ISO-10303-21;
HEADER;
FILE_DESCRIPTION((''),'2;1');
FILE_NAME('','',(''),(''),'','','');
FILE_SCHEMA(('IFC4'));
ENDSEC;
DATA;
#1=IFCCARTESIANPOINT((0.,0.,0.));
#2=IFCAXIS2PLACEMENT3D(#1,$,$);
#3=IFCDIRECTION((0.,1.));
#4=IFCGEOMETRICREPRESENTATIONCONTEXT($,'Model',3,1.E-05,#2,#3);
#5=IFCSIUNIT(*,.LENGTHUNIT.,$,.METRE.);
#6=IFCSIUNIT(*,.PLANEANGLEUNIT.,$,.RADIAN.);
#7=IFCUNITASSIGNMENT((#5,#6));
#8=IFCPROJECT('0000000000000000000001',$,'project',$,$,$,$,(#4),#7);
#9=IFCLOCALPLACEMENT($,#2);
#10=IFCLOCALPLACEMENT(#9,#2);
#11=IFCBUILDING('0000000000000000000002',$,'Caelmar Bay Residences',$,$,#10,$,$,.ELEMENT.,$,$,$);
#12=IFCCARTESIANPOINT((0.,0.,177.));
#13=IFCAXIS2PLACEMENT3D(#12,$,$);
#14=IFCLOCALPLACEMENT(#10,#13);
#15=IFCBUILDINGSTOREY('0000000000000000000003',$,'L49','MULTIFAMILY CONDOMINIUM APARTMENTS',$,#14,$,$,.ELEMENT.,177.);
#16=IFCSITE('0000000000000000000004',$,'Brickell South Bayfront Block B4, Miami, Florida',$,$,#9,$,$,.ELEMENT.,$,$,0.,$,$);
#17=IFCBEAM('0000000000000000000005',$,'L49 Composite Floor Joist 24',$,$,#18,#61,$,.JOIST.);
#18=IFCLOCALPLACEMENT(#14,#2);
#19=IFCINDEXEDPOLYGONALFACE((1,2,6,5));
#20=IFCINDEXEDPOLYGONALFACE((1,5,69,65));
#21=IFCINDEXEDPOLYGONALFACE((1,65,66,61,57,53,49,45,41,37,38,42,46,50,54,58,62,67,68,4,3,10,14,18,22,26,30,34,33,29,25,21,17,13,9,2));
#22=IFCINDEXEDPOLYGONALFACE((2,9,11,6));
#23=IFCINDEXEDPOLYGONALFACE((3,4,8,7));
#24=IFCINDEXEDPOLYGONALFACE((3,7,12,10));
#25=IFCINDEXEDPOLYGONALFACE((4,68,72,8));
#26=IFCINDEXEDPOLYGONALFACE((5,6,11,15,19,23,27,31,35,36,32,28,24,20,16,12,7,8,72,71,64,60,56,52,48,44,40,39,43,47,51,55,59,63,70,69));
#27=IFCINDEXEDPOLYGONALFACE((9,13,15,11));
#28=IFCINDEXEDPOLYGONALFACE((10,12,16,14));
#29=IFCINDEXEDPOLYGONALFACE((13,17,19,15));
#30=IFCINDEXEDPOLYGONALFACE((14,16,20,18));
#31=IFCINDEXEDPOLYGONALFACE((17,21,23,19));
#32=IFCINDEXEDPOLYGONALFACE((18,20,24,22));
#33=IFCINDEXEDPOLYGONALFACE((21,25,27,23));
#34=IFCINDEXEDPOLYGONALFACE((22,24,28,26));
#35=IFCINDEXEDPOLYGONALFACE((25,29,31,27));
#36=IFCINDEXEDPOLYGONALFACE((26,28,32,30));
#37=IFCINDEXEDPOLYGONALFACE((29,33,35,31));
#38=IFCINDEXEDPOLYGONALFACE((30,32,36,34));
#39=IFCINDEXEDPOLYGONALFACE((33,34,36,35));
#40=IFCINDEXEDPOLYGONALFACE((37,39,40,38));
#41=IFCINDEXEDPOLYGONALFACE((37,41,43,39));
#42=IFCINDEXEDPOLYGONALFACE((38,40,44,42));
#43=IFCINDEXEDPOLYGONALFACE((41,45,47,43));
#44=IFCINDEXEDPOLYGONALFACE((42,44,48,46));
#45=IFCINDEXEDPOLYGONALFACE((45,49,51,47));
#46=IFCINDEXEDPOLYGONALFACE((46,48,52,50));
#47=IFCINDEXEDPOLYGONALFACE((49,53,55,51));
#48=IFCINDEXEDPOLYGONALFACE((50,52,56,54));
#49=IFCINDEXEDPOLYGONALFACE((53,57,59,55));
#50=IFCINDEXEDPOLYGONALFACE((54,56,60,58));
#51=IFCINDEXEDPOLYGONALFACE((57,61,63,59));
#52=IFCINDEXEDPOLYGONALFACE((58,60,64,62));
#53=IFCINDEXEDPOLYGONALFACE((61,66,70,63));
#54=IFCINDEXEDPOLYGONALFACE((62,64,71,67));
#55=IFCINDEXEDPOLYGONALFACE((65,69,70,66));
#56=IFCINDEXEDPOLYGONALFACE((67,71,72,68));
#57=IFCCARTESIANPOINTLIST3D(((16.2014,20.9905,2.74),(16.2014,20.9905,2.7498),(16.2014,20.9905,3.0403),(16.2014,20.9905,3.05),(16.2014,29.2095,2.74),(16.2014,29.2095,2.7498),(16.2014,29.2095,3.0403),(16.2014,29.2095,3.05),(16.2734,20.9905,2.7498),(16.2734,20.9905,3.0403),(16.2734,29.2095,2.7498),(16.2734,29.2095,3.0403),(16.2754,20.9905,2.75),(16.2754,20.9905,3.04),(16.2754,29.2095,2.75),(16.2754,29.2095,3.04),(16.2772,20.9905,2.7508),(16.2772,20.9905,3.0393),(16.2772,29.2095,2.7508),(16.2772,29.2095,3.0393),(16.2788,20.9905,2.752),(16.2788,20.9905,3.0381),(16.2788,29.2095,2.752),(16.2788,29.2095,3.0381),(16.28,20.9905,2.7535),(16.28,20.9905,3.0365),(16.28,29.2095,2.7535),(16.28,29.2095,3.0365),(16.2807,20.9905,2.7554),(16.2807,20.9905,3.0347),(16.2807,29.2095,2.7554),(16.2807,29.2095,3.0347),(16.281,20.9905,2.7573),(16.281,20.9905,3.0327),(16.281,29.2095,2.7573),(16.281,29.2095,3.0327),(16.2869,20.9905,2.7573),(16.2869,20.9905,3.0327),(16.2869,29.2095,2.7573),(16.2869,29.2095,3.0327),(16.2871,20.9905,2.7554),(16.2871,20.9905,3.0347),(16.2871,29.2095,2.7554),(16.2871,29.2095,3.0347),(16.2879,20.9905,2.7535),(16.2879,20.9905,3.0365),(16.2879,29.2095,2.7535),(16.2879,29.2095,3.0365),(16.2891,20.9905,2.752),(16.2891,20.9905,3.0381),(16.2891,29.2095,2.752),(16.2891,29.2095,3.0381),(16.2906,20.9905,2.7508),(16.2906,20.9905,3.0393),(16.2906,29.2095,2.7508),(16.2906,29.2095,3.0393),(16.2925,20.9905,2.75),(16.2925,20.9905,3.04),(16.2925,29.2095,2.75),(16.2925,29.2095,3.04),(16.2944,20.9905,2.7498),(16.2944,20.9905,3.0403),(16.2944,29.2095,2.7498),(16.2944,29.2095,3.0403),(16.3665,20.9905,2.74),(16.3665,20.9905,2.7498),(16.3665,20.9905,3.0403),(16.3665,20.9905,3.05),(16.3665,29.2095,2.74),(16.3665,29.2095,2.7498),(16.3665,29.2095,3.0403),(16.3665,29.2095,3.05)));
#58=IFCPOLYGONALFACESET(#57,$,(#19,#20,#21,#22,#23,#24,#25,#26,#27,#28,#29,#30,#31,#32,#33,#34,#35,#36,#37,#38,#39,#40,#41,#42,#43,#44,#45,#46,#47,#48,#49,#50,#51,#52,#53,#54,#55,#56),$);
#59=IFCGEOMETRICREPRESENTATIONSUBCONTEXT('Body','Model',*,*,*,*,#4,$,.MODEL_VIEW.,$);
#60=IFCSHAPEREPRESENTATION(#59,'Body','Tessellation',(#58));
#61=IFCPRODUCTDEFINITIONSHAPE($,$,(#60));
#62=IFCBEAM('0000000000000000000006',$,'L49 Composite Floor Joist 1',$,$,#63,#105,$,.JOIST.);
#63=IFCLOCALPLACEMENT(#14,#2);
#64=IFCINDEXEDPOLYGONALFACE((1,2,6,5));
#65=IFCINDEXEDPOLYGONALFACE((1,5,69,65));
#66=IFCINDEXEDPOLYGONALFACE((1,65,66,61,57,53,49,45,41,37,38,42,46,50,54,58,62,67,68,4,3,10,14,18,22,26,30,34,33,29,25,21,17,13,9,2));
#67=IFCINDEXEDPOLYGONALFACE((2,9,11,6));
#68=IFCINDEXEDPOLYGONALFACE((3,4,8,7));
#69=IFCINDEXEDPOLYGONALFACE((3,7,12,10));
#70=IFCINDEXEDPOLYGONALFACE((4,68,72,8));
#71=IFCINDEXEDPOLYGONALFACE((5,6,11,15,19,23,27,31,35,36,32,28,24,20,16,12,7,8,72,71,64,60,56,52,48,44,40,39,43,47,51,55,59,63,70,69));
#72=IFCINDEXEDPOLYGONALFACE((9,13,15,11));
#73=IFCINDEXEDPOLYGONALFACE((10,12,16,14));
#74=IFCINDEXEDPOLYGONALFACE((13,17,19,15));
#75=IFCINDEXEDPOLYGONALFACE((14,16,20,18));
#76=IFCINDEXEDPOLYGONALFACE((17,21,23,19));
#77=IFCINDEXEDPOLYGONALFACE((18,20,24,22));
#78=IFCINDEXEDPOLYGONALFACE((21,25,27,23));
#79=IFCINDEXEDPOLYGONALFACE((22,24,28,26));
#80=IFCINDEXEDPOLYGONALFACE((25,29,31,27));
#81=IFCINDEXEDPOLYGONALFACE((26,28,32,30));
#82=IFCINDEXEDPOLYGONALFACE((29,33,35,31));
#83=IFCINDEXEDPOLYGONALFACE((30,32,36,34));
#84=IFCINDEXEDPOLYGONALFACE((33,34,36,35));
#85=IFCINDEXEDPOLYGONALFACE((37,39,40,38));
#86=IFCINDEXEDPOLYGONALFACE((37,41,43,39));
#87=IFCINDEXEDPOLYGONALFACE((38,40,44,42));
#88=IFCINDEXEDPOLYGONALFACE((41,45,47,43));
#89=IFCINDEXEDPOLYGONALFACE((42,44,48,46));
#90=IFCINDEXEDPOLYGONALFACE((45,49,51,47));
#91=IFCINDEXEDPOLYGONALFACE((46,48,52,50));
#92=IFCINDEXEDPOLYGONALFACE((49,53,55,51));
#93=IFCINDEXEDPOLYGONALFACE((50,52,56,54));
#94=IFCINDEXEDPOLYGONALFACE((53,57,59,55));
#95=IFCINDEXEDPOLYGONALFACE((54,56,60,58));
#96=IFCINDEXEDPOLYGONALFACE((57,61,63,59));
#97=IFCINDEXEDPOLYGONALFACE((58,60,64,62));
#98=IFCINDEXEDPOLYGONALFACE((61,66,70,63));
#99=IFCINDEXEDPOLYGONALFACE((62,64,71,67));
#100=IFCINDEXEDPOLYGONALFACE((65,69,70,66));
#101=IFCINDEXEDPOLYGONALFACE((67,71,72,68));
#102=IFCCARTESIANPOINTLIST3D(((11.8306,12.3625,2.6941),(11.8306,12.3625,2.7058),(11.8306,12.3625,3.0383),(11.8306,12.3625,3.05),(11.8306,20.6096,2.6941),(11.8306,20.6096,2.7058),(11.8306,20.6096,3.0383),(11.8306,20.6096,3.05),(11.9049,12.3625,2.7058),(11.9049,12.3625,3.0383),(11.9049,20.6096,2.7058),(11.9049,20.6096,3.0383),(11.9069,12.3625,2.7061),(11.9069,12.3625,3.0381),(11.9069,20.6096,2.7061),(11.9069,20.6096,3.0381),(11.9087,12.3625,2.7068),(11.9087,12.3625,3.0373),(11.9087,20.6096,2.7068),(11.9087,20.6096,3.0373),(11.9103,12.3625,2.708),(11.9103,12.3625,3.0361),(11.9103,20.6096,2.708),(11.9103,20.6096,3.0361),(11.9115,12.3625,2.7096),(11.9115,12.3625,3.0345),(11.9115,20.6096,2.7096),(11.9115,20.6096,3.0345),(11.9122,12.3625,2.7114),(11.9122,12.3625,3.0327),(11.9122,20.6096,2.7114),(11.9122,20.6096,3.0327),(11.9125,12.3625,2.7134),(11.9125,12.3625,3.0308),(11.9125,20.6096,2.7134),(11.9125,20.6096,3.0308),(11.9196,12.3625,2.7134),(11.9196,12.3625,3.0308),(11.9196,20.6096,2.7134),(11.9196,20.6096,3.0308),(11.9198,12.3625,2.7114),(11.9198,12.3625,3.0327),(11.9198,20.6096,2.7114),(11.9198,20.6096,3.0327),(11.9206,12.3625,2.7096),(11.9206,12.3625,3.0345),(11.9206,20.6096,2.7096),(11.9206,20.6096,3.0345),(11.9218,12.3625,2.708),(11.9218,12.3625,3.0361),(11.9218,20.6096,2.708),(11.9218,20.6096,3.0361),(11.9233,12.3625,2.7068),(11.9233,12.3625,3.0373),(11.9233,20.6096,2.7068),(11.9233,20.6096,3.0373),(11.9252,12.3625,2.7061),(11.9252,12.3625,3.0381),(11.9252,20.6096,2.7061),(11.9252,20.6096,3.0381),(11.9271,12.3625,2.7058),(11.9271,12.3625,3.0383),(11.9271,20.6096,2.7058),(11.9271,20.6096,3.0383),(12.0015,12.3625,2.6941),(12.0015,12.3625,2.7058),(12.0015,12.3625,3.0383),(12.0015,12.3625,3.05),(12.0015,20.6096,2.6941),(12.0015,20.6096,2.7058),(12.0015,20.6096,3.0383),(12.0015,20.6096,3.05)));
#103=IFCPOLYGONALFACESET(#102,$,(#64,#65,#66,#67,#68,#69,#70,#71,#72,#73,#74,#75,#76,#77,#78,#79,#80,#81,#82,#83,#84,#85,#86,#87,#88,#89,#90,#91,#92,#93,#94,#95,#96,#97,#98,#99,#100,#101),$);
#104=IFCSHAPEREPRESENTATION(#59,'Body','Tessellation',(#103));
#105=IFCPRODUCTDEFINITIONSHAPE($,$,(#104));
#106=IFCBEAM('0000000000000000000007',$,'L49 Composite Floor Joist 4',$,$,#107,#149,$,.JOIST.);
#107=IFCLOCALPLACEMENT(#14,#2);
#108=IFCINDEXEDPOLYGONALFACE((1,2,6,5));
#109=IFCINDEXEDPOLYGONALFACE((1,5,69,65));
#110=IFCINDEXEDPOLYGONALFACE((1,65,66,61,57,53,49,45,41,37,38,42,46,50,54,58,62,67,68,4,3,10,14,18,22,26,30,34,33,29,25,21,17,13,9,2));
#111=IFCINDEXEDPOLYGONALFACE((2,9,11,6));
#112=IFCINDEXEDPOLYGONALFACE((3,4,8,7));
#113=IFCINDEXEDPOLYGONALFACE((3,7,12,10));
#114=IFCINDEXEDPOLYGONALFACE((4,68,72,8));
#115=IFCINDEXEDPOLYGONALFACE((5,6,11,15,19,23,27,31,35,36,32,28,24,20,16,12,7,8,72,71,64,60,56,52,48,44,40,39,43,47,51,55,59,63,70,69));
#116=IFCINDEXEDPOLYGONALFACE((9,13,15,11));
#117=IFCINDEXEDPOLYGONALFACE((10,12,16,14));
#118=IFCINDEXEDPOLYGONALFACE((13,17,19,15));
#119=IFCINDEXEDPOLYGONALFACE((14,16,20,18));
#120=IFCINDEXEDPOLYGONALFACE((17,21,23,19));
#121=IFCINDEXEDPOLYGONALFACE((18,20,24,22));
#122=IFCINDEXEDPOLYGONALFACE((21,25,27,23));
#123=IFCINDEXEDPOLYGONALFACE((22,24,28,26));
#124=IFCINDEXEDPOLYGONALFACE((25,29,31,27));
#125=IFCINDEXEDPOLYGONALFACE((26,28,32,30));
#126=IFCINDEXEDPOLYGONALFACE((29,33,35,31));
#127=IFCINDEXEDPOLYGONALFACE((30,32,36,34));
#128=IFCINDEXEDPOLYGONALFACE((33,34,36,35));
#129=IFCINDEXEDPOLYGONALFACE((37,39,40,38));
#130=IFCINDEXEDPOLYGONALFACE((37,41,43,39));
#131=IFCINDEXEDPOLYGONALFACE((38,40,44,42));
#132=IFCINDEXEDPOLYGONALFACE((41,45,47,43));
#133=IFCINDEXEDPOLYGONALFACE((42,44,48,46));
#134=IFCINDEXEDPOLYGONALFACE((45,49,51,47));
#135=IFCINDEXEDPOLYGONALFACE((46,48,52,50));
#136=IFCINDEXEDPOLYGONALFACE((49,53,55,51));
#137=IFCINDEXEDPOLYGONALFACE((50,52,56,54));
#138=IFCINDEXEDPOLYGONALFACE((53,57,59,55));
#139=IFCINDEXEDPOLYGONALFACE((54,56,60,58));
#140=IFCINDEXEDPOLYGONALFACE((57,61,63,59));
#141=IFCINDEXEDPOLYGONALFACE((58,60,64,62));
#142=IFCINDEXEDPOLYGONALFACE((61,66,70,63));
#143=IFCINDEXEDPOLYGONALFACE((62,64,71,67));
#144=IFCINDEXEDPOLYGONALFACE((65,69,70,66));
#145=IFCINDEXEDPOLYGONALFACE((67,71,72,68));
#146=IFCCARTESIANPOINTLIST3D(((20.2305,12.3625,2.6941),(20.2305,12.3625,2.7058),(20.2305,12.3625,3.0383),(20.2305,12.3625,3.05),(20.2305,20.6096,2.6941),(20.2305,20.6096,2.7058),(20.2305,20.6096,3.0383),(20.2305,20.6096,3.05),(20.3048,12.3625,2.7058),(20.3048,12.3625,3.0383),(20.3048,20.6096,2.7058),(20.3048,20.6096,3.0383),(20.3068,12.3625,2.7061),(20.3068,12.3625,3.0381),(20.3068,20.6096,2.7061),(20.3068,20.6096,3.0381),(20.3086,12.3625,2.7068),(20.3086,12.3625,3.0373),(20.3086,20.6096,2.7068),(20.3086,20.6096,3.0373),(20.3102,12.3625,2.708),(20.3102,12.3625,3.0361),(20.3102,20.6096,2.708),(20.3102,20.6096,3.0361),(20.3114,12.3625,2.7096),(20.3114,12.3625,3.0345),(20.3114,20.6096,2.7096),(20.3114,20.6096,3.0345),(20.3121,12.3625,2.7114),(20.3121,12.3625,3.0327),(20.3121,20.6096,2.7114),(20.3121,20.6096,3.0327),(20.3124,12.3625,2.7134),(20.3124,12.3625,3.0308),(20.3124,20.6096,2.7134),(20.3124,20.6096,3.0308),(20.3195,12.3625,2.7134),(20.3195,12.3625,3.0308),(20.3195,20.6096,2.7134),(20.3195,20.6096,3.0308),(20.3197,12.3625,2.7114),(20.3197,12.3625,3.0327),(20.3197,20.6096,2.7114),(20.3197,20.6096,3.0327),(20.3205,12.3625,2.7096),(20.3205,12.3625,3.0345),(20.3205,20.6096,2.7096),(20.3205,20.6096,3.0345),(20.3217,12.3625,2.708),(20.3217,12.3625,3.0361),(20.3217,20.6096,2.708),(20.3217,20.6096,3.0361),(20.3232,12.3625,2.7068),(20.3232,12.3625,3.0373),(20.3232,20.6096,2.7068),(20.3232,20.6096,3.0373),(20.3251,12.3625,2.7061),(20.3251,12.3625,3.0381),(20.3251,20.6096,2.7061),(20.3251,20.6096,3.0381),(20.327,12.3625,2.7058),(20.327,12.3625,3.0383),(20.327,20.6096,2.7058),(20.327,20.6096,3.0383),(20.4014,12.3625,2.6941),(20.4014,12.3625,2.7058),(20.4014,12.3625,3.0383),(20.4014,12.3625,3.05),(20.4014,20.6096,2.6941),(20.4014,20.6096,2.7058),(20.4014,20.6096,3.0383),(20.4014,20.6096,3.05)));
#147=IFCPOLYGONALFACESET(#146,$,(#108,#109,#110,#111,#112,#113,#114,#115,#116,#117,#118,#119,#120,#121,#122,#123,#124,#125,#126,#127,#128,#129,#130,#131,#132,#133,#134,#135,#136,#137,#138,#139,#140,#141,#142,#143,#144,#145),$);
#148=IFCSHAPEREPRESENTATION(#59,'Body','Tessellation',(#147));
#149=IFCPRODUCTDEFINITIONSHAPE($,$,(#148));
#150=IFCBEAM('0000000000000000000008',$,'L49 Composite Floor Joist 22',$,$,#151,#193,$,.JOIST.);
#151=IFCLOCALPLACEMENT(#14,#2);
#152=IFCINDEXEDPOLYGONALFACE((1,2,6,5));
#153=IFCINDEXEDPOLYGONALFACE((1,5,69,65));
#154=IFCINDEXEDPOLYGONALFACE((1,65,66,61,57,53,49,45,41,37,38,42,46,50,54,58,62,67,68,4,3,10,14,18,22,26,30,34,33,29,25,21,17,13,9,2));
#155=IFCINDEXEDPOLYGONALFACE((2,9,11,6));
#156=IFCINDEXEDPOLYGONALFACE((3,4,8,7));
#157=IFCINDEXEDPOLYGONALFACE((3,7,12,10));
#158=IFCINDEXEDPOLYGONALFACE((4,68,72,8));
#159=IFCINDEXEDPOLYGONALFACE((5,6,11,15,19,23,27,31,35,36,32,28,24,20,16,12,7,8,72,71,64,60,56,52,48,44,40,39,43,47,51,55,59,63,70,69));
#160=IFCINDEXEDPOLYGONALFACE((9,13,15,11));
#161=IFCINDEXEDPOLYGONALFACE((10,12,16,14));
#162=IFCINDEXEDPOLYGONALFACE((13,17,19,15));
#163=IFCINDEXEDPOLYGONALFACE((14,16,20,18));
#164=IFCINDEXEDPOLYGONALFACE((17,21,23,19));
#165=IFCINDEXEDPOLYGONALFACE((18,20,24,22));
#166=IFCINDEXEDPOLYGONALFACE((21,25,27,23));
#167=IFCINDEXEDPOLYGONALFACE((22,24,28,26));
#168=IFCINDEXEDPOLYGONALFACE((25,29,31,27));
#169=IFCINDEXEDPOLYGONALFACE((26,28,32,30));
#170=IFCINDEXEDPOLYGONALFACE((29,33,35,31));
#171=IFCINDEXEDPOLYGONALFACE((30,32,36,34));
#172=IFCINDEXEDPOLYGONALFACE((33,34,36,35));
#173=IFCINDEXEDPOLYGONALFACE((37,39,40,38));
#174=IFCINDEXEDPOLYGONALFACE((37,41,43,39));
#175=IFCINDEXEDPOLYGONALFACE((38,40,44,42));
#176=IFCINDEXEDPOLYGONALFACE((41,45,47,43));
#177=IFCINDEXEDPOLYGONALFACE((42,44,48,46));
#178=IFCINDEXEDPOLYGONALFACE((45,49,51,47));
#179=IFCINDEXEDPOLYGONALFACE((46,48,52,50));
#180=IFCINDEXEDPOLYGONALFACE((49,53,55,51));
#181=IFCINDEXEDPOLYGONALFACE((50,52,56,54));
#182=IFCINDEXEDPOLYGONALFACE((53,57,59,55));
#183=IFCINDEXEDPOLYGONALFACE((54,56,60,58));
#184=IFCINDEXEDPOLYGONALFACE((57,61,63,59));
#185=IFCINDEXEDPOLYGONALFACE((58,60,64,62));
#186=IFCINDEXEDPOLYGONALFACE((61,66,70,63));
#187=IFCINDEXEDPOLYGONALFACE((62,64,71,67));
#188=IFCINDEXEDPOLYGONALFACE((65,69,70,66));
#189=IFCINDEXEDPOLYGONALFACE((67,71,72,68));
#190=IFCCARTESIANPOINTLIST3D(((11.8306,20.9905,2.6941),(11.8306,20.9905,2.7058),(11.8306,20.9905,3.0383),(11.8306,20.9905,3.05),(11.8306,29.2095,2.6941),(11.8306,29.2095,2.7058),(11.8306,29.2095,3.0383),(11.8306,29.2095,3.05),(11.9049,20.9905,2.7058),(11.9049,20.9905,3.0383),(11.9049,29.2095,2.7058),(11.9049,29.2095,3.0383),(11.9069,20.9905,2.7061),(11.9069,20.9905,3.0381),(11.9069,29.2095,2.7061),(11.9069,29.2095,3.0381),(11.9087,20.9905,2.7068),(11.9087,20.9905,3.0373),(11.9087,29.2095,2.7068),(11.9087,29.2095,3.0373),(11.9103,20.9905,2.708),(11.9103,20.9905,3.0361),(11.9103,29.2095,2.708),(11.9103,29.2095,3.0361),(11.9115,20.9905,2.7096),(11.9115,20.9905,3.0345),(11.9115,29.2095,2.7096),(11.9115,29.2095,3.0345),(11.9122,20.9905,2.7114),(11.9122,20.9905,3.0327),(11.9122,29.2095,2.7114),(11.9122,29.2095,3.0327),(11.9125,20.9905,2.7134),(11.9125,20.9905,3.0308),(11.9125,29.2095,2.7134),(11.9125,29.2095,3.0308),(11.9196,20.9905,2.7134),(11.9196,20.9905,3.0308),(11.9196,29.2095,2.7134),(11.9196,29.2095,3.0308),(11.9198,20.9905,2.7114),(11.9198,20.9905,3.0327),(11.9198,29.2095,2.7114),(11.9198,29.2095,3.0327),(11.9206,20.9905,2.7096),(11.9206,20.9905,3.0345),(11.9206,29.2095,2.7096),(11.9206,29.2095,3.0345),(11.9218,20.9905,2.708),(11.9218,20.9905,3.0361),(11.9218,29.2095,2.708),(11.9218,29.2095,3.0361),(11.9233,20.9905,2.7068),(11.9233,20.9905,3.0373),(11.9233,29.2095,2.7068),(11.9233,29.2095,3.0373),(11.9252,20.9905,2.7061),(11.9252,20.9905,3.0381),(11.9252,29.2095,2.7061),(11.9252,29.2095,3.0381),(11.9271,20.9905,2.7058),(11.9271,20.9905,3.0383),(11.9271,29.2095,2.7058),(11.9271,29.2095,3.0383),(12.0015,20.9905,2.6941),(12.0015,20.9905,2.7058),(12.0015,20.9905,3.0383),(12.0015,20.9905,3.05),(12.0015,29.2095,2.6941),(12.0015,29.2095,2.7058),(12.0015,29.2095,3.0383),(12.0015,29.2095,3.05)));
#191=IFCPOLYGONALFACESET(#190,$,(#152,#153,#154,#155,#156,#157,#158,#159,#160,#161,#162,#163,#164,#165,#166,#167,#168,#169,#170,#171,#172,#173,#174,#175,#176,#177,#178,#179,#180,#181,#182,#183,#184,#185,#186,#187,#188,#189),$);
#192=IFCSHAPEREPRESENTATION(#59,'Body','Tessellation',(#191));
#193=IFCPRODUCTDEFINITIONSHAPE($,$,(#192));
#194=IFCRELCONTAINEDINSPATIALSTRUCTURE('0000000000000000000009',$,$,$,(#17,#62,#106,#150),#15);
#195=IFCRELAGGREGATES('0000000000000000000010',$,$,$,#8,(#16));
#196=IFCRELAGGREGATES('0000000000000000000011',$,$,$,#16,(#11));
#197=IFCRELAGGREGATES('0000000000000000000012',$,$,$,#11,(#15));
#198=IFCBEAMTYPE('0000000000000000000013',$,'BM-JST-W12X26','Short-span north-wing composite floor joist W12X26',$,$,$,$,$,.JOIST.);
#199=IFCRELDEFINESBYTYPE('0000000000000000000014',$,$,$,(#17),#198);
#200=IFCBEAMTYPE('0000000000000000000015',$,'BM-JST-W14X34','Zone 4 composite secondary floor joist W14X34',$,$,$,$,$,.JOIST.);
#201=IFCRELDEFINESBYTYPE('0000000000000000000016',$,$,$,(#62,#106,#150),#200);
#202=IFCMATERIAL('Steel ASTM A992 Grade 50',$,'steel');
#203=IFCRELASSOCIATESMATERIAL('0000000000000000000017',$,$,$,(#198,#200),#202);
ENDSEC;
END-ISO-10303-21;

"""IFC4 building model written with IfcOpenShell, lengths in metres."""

from ifc_helpers import new_model, si_unit, direction, frame, origin, origin_2d, place, context, subcontext, project, spatial, i_section, extrude, material, material_profile, profile_set, type_object, element, save


model = new_model("IFC4")

# Units and contexts
model_context = context("Model", 3, precision=1e-05, world=origin(), true_north=direction((0.0, 1.0)))
body_context = subcontext(model_context, "Body", "Model", "MODEL_VIEW")
ifc_project = project(units=[si_unit("LENGTHUNIT", "METRE"), si_unit("PLANEANGLEUNIT", "RADIAN")], contexts=[model_context])

# Site, building, storey
site_placement = place(None, origin())
site = spatial("IfcSite", under=ifc_project, at=site_placement, Name="Brickell South Bayfront Block B4, Miami, Florida", CompositionType="ELEMENT", RefElevation=0.0)
building_placement = place(site_placement, origin())
building = spatial("IfcBuilding", under=site, at=building_placement, Name="Caelmar Bay Residences", CompositionType="ELEMENT")
storey_placement = place(building_placement, frame((0.0, 0.0, 177.0)))
storey = spatial("IfcBuildingStorey", under=building, at=storey_placement, Name="L49", Description="MULTIFAMILY CONDOMINIUM APARTMENTS", CompositionType="ELEMENT", Elevation=177.0)

# Beams
ifc_material_1 = material(Name="Steel ASTM A992 Grade 50", Category="steel")
ifc_material_profile_1 = material_profile(ifc_material_1, i_section(OverallWidth=0.165, OverallDepth=0.3101, WebThickness=0.0059, FlangeThickness=0.0098, FilletRadius=0.0076, at=origin_2d()), Name="W12X26")
ifc_profile_set_1 = profile_set([ifc_material_profile_1], Name="Steel ASTM A992 Grade 50")
beam_type_1 = type_object("IfcBeamType", Name="BM-JST-W12X26", Description="Short-span north-wing composite floor joist W12X26", PredefinedType="JOIST", material=ifc_profile_set_1)
beam_1_placement = place(storey_placement, frame((16.2839, 20.9905, 2.895), z_axis=(0.0, 1.0, 0.0), x_axis=(-1.0, 0.0, 0.0)))
element("IfcBeam", 1, at=beam_1_placement, inside=storey, type_object=beam_type_1, Name="L49 Composite Floor Joist 24", PredefinedType="JOIST", context=body_context, shape_type="SweptSolid", body=[
    extrude(i_section(OverallWidth=0.165, OverallDepth=0.3101, WebThickness=0.0059, FlangeThickness=0.0098, FilletRadius=0.0076, at=origin_2d()), origin(), (0.0, 0.0, 1.0), 8.219),
])
ifc_material_profile_2 = material_profile(ifc_material_1, i_section(OverallWidth=0.1709, OverallDepth=0.356, WebThickness=0.0071, FlangeThickness=0.0117, FilletRadius=0.0076, at=origin_2d()), Name="W14X34")
ifc_profile_set_2 = profile_set([ifc_material_profile_2], Name="Steel ASTM A992 Grade 50")
beam_type_2 = type_object("IfcBeamType", Name="BM-JST-W14X34", Description="Zone 4 composite secondary floor joist W14X34", PredefinedType="JOIST", material=ifc_profile_set_2)
for number, where, z_axis, x_axis, name in (
    (2, (11.916, 12.3625, 2.8721), (0.0, 1.0, 0.0), (-1.0, 0.0, 0.0), "L49 Composite Floor Joist 1"),
    (3, (20.3159, 12.3625, 2.8721), (0.0, 1.0, 0.0), (-1.0, 0.0, 0.0), "L49 Composite Floor Joist 4"),
):
    element("IfcBeam", number, at=place(storey_placement, frame(where, z_axis=z_axis, x_axis=x_axis)), inside=storey, type_object=beam_type_2, Name=name, PredefinedType="JOIST", context=body_context, shape_type="SweptSolid", body=[
        extrude(i_section(OverallWidth=0.1709, OverallDepth=0.356, WebThickness=0.0071, FlangeThickness=0.0117, FilletRadius=0.0076, at=origin_2d()), origin(), (0.0, 0.0, 1.0), 8.2471),
    ])
for number, where, z_axis, x_axis, name in (
    (4, (11.916, 20.9905, 2.8721), (0.0, 1.0, 0.0), (-1.0, 0.0, 0.0), "L49 Composite Floor Joist 22"),
):
    element("IfcBeam", number, at=place(storey_placement, frame(where, z_axis=z_axis, x_axis=x_axis)), inside=storey, type_object=beam_type_2, Name=name, PredefinedType="JOIST", context=body_context, shape_type="SweptSolid", body=[
        extrude(i_section(OverallWidth=0.1709, OverallDepth=0.356, WebThickness=0.0071, FlangeThickness=0.0117, FilletRadius=0.0076, at=origin_2d()), origin(), (0.0, 0.0, 1.0), 8.219),
    ])

save(model, "model.ifc")
